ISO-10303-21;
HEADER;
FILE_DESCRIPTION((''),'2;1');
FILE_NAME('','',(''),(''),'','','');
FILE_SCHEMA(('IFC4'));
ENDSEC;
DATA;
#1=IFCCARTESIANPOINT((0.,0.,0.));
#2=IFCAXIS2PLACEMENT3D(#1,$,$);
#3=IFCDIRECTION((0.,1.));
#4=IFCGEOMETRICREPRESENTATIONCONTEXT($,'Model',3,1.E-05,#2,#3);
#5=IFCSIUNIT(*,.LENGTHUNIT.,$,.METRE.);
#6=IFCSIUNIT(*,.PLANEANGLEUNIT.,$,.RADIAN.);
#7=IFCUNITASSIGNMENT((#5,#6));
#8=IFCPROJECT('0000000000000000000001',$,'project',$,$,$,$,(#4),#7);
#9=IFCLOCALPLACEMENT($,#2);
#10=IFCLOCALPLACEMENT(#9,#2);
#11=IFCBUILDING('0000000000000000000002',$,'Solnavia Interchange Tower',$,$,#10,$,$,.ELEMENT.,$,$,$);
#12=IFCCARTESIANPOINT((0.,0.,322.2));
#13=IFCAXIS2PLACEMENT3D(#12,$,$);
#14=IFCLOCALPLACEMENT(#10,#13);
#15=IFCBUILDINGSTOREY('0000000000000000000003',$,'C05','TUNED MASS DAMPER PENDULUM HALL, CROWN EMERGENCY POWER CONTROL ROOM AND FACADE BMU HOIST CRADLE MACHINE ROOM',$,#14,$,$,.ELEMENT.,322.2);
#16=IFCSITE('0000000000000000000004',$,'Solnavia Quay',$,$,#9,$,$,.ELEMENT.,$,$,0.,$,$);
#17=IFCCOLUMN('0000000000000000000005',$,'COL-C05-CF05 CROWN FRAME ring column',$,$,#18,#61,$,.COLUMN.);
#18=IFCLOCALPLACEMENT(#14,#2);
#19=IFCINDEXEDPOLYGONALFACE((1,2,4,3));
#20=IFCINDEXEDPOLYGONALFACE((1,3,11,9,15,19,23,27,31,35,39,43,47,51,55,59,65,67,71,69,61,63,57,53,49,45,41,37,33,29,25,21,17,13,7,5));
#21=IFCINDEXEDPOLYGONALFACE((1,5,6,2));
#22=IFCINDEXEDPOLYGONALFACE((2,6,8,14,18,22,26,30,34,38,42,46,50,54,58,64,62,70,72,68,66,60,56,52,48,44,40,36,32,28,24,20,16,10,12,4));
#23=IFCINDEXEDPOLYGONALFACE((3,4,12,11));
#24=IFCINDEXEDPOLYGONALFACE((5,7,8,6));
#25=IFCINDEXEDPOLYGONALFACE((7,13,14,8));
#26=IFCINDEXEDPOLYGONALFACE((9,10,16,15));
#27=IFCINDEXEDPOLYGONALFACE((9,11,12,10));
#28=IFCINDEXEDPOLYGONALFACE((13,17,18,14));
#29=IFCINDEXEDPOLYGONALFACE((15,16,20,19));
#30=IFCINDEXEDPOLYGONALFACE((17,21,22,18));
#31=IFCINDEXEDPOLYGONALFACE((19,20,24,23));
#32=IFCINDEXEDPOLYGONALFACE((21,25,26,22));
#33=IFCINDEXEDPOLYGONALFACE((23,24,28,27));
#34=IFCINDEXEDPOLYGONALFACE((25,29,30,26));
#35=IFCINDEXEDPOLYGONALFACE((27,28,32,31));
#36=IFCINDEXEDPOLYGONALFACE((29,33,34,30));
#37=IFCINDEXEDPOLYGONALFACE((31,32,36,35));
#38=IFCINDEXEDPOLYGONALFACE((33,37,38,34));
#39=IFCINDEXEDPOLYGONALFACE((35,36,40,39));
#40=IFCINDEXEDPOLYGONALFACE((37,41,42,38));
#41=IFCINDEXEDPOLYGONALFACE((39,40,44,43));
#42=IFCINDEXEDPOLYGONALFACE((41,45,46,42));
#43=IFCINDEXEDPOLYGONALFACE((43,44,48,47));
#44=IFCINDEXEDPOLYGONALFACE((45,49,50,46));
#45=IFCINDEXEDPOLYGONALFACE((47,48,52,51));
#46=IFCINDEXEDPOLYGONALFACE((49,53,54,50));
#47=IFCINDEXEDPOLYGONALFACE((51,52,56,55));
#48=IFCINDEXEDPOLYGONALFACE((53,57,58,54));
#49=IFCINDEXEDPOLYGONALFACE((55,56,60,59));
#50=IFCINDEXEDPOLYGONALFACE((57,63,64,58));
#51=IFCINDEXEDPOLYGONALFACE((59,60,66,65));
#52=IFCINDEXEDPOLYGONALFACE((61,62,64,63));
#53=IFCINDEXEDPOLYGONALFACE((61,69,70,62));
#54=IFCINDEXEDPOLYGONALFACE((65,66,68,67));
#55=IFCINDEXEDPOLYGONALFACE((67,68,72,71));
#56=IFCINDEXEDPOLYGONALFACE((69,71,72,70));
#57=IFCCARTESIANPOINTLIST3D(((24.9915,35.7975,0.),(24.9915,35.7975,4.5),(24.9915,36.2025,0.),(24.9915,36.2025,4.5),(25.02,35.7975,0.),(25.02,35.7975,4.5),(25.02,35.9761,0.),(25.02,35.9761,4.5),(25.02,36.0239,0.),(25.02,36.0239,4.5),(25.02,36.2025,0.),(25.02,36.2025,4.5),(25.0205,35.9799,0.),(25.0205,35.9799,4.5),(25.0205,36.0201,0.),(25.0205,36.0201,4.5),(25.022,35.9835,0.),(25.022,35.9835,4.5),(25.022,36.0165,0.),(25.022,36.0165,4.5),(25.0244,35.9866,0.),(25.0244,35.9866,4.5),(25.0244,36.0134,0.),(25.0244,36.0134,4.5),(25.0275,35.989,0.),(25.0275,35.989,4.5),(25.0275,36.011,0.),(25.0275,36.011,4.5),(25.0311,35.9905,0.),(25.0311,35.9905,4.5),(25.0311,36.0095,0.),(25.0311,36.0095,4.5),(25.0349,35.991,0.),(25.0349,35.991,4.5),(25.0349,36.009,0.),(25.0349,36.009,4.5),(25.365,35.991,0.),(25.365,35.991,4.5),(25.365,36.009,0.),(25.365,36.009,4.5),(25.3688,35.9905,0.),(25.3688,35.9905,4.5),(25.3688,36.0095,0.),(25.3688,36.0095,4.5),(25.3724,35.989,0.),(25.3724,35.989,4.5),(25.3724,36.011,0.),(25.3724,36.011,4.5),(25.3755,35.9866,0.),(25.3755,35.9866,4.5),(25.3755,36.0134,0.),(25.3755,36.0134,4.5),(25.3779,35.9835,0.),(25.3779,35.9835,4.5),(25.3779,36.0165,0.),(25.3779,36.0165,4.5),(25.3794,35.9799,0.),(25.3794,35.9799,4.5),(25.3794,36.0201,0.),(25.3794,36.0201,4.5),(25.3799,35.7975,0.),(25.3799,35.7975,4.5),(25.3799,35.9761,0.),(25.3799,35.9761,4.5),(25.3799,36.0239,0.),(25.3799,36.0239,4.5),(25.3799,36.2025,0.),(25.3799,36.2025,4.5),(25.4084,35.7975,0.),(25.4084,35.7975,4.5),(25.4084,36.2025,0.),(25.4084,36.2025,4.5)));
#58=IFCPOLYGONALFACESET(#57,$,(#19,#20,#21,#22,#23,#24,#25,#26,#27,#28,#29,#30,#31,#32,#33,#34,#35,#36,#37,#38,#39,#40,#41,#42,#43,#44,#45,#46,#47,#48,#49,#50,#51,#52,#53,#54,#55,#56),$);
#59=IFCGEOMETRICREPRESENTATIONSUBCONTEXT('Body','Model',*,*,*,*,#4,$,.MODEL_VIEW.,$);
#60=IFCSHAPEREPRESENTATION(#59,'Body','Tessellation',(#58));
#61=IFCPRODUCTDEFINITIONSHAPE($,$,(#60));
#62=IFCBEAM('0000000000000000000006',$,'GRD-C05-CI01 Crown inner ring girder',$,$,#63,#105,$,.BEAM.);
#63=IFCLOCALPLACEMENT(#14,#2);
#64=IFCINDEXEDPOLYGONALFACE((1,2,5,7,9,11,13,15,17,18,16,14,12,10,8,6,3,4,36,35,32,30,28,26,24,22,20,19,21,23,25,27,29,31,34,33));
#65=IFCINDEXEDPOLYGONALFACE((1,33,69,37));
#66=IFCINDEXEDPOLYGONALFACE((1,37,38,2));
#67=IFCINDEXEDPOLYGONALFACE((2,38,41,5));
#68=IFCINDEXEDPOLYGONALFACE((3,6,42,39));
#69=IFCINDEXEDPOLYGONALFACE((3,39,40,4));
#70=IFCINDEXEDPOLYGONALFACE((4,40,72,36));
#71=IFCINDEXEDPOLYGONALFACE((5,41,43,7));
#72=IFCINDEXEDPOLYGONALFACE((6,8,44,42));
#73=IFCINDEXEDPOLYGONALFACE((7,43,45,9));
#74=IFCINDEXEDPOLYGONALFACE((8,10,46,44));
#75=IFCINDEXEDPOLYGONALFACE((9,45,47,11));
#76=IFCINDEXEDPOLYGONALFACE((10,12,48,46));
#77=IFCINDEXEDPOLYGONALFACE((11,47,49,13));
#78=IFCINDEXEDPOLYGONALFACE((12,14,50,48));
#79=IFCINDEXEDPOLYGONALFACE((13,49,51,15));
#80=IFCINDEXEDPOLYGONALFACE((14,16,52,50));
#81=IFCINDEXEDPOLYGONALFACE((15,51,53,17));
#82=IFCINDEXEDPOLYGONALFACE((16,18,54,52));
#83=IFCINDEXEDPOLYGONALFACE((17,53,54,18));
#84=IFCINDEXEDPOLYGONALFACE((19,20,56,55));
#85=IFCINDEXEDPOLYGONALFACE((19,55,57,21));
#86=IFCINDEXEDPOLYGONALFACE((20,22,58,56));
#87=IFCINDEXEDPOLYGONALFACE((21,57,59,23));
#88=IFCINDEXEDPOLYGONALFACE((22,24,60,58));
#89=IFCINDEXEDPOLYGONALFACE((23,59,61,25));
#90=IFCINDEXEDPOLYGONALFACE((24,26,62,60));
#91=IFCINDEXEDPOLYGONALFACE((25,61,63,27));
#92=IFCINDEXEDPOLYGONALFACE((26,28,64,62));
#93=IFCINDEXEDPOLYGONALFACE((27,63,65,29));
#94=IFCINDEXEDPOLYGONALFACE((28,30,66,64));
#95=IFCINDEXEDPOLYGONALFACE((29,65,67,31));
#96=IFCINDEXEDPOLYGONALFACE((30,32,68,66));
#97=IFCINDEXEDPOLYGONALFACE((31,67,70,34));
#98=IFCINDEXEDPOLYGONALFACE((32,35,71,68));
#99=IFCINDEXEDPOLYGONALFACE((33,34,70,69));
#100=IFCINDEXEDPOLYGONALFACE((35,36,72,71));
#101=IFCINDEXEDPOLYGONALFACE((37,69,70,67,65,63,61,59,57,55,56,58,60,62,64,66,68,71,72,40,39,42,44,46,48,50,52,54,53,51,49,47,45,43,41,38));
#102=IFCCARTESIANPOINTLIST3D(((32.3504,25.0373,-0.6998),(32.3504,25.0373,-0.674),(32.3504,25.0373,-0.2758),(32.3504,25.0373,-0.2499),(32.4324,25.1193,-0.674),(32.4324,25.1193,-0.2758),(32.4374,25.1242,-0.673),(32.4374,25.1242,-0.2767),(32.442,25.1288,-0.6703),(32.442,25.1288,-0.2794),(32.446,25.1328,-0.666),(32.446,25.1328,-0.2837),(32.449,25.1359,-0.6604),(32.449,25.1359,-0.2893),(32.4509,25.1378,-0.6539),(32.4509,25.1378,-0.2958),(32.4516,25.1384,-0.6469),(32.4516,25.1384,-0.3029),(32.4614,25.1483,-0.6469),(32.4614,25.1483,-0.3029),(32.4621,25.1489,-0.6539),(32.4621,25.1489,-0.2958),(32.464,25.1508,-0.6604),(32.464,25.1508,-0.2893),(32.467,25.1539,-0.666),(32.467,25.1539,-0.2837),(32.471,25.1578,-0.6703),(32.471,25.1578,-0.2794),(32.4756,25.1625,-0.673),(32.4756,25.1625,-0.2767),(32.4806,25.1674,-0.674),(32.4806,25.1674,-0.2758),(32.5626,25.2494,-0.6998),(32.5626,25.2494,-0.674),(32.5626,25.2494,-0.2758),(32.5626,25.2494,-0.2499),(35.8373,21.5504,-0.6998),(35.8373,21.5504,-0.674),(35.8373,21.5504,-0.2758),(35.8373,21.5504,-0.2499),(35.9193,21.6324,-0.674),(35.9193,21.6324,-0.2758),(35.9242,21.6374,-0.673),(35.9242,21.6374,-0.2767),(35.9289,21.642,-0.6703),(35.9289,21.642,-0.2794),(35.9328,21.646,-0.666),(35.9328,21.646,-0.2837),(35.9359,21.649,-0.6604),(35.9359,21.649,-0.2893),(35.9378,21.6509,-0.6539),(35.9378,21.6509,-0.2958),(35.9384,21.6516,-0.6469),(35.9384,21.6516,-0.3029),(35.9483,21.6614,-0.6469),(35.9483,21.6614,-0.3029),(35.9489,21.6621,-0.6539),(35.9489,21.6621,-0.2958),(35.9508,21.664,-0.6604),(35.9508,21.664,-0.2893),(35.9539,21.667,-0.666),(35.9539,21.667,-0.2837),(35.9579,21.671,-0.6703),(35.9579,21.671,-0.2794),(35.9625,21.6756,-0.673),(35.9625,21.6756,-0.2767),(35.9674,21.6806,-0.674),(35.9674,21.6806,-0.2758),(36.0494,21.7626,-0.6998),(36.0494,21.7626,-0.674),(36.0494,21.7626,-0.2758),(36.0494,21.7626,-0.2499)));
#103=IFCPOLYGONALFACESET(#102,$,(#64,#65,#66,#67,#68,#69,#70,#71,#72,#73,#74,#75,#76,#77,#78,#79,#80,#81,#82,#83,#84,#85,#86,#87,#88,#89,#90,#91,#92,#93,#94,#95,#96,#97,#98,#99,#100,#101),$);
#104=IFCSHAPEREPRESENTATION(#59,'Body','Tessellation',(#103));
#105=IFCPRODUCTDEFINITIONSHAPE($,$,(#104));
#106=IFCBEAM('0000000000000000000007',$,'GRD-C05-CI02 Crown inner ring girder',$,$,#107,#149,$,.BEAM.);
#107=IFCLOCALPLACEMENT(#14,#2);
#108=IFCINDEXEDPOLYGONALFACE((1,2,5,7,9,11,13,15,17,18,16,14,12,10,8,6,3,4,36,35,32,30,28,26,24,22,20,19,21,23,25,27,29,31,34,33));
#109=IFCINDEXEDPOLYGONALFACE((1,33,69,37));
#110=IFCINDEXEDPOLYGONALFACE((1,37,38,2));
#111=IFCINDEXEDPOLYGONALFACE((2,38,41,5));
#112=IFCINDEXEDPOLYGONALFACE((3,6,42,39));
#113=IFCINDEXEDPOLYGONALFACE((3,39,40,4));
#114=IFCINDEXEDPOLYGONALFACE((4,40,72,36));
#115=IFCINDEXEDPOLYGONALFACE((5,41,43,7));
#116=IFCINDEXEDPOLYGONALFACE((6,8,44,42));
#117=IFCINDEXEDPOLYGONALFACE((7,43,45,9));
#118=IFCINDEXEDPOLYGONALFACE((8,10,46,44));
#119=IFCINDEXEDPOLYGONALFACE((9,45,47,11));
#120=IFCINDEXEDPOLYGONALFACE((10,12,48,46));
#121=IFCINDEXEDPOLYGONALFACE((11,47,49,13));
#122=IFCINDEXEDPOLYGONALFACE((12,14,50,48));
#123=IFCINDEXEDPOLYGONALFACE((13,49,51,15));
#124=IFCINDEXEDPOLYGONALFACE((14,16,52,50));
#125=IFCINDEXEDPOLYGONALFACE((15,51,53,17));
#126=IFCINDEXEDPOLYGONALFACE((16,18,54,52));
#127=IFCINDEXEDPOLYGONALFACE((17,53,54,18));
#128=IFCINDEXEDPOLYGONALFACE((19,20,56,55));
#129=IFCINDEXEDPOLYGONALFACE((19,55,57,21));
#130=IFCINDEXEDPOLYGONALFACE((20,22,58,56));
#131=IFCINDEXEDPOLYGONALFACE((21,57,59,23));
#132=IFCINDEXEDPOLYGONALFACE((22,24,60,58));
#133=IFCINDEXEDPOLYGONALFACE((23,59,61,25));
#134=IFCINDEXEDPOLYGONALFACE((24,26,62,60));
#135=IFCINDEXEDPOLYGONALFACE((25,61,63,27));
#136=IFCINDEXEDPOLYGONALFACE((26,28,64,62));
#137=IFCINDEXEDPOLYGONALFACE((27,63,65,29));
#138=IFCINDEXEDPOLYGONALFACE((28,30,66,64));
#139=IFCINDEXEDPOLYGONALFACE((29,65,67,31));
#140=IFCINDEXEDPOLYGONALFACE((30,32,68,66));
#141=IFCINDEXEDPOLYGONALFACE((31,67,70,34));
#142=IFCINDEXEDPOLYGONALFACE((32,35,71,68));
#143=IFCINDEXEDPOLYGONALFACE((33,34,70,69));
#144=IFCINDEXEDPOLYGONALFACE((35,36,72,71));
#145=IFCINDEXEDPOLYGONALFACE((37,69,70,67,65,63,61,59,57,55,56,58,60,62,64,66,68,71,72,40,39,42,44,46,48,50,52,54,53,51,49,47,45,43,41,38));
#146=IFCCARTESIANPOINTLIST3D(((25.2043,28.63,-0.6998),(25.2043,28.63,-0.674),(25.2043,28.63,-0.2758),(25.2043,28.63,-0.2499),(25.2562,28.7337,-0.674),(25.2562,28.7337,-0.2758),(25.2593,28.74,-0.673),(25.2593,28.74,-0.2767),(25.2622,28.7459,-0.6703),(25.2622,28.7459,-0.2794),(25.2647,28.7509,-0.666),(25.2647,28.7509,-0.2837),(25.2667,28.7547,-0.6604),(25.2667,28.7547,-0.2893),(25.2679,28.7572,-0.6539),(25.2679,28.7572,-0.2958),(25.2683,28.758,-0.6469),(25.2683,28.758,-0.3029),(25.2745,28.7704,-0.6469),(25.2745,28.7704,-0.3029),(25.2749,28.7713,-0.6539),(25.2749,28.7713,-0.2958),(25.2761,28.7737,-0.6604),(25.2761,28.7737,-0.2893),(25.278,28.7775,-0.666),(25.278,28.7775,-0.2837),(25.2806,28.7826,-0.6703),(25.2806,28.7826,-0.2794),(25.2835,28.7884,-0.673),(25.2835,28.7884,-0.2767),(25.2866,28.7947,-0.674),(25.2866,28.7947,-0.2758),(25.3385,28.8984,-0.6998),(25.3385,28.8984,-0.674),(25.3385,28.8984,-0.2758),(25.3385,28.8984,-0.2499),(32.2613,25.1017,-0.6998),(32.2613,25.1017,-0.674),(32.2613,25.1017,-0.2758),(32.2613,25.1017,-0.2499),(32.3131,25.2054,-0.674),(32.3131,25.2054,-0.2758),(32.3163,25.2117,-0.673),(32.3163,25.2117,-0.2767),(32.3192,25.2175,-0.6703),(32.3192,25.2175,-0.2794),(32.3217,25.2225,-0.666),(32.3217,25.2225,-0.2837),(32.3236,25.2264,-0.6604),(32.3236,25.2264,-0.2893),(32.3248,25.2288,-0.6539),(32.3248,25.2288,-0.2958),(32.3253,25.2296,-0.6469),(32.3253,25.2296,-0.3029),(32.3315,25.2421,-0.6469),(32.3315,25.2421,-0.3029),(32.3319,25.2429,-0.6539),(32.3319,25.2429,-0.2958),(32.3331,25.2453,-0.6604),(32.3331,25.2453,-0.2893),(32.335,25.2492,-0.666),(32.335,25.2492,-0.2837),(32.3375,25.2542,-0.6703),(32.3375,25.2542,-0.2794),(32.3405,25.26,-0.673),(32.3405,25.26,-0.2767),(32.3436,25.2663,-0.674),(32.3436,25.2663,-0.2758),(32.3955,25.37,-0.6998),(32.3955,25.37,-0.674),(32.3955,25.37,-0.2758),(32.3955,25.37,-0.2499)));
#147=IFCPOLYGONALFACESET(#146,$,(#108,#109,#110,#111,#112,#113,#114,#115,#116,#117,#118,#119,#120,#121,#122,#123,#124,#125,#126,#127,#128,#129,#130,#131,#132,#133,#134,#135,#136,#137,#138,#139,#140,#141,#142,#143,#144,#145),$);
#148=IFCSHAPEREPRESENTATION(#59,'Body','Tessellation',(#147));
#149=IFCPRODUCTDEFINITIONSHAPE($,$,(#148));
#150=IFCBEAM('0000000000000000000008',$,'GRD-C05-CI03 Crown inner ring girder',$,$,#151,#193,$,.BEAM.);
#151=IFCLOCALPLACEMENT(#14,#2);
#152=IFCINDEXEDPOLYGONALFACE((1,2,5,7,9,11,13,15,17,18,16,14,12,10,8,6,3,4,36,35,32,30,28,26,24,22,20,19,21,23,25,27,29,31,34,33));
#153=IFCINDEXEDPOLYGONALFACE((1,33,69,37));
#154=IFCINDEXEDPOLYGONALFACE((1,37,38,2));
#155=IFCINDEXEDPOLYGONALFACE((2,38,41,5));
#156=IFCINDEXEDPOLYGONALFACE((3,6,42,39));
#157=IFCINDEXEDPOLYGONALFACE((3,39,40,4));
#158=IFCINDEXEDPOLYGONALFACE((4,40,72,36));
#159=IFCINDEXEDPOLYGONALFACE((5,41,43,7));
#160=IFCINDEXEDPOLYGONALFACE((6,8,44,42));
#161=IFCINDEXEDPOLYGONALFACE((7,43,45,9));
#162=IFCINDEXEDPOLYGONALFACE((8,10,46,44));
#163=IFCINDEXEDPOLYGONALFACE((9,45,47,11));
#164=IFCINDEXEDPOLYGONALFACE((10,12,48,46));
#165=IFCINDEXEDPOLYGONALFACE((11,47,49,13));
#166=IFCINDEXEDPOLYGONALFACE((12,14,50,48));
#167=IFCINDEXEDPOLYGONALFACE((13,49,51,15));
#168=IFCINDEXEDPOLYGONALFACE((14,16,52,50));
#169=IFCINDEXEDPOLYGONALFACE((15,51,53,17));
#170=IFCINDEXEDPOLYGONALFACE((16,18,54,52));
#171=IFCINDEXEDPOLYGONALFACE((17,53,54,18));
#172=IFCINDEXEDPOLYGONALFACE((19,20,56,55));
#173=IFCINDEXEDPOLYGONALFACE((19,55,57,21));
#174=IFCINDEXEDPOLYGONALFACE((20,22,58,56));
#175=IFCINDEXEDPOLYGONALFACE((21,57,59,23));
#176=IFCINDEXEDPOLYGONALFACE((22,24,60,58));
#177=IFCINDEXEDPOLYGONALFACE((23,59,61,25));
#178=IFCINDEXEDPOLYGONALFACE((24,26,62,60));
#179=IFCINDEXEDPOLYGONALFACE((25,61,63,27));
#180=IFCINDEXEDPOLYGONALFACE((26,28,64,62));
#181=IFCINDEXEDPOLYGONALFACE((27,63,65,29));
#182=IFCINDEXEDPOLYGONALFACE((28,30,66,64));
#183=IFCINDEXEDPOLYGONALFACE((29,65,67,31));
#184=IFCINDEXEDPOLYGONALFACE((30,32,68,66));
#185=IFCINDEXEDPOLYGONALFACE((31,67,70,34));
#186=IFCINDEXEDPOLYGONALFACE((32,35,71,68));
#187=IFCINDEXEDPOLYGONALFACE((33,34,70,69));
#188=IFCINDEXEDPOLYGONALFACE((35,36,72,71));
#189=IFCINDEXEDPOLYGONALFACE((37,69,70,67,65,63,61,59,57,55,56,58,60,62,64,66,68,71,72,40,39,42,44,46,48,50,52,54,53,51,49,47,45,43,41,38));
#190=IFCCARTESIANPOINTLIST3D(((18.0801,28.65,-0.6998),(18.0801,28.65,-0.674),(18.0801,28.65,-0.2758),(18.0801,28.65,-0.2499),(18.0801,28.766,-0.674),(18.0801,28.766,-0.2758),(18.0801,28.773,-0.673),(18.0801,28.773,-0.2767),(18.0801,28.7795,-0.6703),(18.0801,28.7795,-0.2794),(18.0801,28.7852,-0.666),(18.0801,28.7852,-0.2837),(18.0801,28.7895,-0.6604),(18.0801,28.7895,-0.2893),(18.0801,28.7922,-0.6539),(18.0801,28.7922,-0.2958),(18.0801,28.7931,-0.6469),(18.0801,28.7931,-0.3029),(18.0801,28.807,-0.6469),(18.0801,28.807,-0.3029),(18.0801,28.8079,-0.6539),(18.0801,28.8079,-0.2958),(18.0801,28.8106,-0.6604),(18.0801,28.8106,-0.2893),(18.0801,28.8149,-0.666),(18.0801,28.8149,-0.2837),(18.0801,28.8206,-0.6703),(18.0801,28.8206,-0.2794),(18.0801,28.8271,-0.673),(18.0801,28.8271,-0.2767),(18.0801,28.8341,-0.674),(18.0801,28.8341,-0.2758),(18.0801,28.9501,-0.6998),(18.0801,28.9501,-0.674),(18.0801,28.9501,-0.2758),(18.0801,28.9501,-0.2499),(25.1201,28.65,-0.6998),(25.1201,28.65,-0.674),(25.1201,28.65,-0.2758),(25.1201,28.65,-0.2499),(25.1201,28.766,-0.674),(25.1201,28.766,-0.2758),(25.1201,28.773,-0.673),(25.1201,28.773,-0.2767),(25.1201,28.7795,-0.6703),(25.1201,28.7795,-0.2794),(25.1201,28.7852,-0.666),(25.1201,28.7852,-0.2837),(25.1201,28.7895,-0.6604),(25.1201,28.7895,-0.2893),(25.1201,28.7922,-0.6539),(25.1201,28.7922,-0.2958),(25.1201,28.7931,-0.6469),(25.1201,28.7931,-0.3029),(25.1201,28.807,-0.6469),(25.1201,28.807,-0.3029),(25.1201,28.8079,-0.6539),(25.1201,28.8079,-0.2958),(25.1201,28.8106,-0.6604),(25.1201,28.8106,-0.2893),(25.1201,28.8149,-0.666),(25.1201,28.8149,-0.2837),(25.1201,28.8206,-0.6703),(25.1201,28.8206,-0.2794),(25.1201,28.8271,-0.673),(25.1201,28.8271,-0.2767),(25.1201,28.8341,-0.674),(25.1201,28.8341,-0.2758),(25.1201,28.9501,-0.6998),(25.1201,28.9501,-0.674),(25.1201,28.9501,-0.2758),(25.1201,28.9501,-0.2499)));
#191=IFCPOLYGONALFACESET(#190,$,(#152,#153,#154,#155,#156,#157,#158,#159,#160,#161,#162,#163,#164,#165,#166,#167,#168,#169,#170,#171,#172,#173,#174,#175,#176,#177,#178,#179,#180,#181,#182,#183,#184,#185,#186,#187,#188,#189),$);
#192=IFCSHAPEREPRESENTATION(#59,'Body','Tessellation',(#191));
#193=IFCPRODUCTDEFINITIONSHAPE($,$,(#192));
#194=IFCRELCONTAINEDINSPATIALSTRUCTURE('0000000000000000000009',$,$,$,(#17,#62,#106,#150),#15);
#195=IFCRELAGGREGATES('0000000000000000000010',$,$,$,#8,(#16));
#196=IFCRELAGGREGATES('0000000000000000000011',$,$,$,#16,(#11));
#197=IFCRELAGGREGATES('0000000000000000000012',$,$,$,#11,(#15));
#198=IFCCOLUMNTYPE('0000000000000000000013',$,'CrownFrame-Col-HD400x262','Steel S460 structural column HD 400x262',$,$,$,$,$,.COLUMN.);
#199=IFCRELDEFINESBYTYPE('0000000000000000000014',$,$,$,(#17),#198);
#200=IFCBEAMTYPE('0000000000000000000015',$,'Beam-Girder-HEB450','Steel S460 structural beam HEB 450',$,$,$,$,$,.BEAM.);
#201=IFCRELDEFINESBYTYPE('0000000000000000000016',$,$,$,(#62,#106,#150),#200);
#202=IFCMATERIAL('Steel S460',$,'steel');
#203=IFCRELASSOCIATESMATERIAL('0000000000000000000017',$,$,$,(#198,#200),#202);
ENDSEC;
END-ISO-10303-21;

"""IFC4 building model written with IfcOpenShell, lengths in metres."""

from ifc_helpers import new_model, si_unit, direction, frame, origin, origin_2d, place, context, subcontext, project, spatial, i_section, extrude, material, material_profile, profile_set, type_object, element, save


model = new_model("IFC4")

# Units and contexts
model_context = context("Model", 3, precision=1e-05, world=origin(), true_north=direction((0.0, 1.0)))
body_context = subcontext(model_context, "Body", "Model", "MODEL_VIEW")
ifc_project = project(units=[si_unit("LENGTHUNIT", "METRE"), si_unit("PLANEANGLEUNIT", "RADIAN")], contexts=[model_context])

# Site, building, storey
site_placement = place(None, origin())
site = spatial("IfcSite", under=ifc_project, at=site_placement, Name="Solnavia Quay", CompositionType="ELEMENT", RefElevation=0.0)
building_placement = place(site_placement, origin())
building = spatial("IfcBuilding", under=site, at=building_placement, Name="Solnavia Interchange Tower", CompositionType="ELEMENT")
storey_placement = place(building_placement, frame((0.0, 0.0, 322.2)))
storey = spatial("IfcBuildingStorey", under=building, at=storey_placement, Name="C05", Description="TUNED MASS DAMPER PENDULUM HALL, CROWN EMERGENCY POWER CONTROL ROOM AND FACADE BMU HOIST CRADLE MACHINE ROOM", CompositionType="ELEMENT", Elevation=322.2)

# Column
ifc_material_1 = material(Name="Steel S460", Category="steel")
ifc_material_profile_1 = material_profile(ifc_material_1, i_section(OverallWidth=0.405, OverallDepth=0.417, WebThickness=0.0181, FlangeThickness=0.0286, FilletRadius=0.0149, at=origin_2d()), Name="HD 400x262")
ifc_profile_set_1 = profile_set([ifc_material_profile_1], Name="Steel S460")
column_type_1 = type_object("IfcColumnType", Name="CrownFrame-Col-HD400x262", Description="Steel S460 structural column HD 400x262", PredefinedType="COLUMN", material=ifc_profile_set_1)
for number, where, z_axis, x_axis, name in (
    (1, (25.2, 36.0, 0.0), (0.0, 0.0, 1.0), (0.0, 1.0, 0.0), "COL-C05-CF05 CROWN FRAME ring column"),
):
    element("IfcColumn", number, at=place(storey_placement, frame(where, z_axis=z_axis, x_axis=x_axis)), inside=storey, type_object=column_type_1, Name=name, PredefinedType="COLUMN", context=body_context, shape_type="SweptSolid", body=[
        extrude(i_section(OverallWidth=0.405, OverallDepth=0.417, WebThickness=0.0181, FlangeThickness=0.0286, FilletRadius=0.0149, at=origin_2d()), origin(), (0.0, 0.0, 1.0), 4.5),
    ])

# Beams
ifc_material_profile_2 = material_profile(ifc_material_1, i_section(OverallWidth=0.3, OverallDepth=0.45, WebThickness=0.0139, FlangeThickness=0.0259, FilletRadius=0.0271, at=origin_2d()), Name="HEB 450")
ifc_profile_set_2 = profile_set([ifc_material_profile_2], Name="Steel S460")
beam_type_1 = type_object("IfcBeamType", Name="Beam-Girder-HEB450", Description="Steel S460 structural beam HEB 450", PredefinedType="BEAM", material=ifc_profile_set_2)
beam_1_placement = place(storey_placement, frame((35.9434, 21.6565, -0.4749), z_axis=(-0.707107, 0.707107, 0.0), x_axis=(-0.707107, -0.707107, 0.0)))
element("IfcBeam", 2, at=beam_1_placement, inside=storey, type_object=beam_type_1, Name="GRD-C05-CI01 Crown inner ring girder", PredefinedType="BEAM", context=body_context, shape_type="SweptSolid", body=[
    extrude(i_section(OverallWidth=0.3, OverallDepth=0.45, WebThickness=0.0139, FlangeThickness=0.0259, FilletRadius=0.0271, at=origin_2d()), origin(), (0.0, 0.0, 1.0), 4.9312),
])
beam_2_placement = place(storey_placement, frame((32.3284, 25.2358, -0.4749), z_axis=(-0.894433, 0.447201, 0.0), x_axis=(-0.447201, -0.894433, 0.0)))
element("IfcBeam", 3, at=beam_2_placement, inside=storey, type_object=beam_type_1, Name="GRD-C05-CI02 Crown inner ring girder", PredefinedType="BEAM", context=body_context, shape_type="SweptSolid", body=[
    extrude(i_section(OverallWidth=0.3, OverallDepth=0.45, WebThickness=0.0139, FlangeThickness=0.0259, FilletRadius=0.0271, at=origin_2d()), origin(), (0.0, 0.0, 1.0), 7.8899),
])
beam_3_placement = place(storey_placement, frame((25.1201, 28.8, -0.4749), z_axis=(-1.0, 0.0, 0.0), x_axis=(0.0, -1.0, 0.0)))
element("IfcBeam", 4, at=beam_3_placement, inside=storey, type_object=beam_type_1, Name="GRD-C05-CI03 Crown inner ring girder", PredefinedType="BEAM", context=body_context, shape_type="SweptSolid", body=[
    extrude(i_section(OverallWidth=0.3, OverallDepth=0.45, WebThickness=0.0139, FlangeThickness=0.0259, FilletRadius=0.0271, at=origin_2d()), origin(), (0.0, 0.0, 1.0), 7.04),
])

save(model, "model.ifc")
